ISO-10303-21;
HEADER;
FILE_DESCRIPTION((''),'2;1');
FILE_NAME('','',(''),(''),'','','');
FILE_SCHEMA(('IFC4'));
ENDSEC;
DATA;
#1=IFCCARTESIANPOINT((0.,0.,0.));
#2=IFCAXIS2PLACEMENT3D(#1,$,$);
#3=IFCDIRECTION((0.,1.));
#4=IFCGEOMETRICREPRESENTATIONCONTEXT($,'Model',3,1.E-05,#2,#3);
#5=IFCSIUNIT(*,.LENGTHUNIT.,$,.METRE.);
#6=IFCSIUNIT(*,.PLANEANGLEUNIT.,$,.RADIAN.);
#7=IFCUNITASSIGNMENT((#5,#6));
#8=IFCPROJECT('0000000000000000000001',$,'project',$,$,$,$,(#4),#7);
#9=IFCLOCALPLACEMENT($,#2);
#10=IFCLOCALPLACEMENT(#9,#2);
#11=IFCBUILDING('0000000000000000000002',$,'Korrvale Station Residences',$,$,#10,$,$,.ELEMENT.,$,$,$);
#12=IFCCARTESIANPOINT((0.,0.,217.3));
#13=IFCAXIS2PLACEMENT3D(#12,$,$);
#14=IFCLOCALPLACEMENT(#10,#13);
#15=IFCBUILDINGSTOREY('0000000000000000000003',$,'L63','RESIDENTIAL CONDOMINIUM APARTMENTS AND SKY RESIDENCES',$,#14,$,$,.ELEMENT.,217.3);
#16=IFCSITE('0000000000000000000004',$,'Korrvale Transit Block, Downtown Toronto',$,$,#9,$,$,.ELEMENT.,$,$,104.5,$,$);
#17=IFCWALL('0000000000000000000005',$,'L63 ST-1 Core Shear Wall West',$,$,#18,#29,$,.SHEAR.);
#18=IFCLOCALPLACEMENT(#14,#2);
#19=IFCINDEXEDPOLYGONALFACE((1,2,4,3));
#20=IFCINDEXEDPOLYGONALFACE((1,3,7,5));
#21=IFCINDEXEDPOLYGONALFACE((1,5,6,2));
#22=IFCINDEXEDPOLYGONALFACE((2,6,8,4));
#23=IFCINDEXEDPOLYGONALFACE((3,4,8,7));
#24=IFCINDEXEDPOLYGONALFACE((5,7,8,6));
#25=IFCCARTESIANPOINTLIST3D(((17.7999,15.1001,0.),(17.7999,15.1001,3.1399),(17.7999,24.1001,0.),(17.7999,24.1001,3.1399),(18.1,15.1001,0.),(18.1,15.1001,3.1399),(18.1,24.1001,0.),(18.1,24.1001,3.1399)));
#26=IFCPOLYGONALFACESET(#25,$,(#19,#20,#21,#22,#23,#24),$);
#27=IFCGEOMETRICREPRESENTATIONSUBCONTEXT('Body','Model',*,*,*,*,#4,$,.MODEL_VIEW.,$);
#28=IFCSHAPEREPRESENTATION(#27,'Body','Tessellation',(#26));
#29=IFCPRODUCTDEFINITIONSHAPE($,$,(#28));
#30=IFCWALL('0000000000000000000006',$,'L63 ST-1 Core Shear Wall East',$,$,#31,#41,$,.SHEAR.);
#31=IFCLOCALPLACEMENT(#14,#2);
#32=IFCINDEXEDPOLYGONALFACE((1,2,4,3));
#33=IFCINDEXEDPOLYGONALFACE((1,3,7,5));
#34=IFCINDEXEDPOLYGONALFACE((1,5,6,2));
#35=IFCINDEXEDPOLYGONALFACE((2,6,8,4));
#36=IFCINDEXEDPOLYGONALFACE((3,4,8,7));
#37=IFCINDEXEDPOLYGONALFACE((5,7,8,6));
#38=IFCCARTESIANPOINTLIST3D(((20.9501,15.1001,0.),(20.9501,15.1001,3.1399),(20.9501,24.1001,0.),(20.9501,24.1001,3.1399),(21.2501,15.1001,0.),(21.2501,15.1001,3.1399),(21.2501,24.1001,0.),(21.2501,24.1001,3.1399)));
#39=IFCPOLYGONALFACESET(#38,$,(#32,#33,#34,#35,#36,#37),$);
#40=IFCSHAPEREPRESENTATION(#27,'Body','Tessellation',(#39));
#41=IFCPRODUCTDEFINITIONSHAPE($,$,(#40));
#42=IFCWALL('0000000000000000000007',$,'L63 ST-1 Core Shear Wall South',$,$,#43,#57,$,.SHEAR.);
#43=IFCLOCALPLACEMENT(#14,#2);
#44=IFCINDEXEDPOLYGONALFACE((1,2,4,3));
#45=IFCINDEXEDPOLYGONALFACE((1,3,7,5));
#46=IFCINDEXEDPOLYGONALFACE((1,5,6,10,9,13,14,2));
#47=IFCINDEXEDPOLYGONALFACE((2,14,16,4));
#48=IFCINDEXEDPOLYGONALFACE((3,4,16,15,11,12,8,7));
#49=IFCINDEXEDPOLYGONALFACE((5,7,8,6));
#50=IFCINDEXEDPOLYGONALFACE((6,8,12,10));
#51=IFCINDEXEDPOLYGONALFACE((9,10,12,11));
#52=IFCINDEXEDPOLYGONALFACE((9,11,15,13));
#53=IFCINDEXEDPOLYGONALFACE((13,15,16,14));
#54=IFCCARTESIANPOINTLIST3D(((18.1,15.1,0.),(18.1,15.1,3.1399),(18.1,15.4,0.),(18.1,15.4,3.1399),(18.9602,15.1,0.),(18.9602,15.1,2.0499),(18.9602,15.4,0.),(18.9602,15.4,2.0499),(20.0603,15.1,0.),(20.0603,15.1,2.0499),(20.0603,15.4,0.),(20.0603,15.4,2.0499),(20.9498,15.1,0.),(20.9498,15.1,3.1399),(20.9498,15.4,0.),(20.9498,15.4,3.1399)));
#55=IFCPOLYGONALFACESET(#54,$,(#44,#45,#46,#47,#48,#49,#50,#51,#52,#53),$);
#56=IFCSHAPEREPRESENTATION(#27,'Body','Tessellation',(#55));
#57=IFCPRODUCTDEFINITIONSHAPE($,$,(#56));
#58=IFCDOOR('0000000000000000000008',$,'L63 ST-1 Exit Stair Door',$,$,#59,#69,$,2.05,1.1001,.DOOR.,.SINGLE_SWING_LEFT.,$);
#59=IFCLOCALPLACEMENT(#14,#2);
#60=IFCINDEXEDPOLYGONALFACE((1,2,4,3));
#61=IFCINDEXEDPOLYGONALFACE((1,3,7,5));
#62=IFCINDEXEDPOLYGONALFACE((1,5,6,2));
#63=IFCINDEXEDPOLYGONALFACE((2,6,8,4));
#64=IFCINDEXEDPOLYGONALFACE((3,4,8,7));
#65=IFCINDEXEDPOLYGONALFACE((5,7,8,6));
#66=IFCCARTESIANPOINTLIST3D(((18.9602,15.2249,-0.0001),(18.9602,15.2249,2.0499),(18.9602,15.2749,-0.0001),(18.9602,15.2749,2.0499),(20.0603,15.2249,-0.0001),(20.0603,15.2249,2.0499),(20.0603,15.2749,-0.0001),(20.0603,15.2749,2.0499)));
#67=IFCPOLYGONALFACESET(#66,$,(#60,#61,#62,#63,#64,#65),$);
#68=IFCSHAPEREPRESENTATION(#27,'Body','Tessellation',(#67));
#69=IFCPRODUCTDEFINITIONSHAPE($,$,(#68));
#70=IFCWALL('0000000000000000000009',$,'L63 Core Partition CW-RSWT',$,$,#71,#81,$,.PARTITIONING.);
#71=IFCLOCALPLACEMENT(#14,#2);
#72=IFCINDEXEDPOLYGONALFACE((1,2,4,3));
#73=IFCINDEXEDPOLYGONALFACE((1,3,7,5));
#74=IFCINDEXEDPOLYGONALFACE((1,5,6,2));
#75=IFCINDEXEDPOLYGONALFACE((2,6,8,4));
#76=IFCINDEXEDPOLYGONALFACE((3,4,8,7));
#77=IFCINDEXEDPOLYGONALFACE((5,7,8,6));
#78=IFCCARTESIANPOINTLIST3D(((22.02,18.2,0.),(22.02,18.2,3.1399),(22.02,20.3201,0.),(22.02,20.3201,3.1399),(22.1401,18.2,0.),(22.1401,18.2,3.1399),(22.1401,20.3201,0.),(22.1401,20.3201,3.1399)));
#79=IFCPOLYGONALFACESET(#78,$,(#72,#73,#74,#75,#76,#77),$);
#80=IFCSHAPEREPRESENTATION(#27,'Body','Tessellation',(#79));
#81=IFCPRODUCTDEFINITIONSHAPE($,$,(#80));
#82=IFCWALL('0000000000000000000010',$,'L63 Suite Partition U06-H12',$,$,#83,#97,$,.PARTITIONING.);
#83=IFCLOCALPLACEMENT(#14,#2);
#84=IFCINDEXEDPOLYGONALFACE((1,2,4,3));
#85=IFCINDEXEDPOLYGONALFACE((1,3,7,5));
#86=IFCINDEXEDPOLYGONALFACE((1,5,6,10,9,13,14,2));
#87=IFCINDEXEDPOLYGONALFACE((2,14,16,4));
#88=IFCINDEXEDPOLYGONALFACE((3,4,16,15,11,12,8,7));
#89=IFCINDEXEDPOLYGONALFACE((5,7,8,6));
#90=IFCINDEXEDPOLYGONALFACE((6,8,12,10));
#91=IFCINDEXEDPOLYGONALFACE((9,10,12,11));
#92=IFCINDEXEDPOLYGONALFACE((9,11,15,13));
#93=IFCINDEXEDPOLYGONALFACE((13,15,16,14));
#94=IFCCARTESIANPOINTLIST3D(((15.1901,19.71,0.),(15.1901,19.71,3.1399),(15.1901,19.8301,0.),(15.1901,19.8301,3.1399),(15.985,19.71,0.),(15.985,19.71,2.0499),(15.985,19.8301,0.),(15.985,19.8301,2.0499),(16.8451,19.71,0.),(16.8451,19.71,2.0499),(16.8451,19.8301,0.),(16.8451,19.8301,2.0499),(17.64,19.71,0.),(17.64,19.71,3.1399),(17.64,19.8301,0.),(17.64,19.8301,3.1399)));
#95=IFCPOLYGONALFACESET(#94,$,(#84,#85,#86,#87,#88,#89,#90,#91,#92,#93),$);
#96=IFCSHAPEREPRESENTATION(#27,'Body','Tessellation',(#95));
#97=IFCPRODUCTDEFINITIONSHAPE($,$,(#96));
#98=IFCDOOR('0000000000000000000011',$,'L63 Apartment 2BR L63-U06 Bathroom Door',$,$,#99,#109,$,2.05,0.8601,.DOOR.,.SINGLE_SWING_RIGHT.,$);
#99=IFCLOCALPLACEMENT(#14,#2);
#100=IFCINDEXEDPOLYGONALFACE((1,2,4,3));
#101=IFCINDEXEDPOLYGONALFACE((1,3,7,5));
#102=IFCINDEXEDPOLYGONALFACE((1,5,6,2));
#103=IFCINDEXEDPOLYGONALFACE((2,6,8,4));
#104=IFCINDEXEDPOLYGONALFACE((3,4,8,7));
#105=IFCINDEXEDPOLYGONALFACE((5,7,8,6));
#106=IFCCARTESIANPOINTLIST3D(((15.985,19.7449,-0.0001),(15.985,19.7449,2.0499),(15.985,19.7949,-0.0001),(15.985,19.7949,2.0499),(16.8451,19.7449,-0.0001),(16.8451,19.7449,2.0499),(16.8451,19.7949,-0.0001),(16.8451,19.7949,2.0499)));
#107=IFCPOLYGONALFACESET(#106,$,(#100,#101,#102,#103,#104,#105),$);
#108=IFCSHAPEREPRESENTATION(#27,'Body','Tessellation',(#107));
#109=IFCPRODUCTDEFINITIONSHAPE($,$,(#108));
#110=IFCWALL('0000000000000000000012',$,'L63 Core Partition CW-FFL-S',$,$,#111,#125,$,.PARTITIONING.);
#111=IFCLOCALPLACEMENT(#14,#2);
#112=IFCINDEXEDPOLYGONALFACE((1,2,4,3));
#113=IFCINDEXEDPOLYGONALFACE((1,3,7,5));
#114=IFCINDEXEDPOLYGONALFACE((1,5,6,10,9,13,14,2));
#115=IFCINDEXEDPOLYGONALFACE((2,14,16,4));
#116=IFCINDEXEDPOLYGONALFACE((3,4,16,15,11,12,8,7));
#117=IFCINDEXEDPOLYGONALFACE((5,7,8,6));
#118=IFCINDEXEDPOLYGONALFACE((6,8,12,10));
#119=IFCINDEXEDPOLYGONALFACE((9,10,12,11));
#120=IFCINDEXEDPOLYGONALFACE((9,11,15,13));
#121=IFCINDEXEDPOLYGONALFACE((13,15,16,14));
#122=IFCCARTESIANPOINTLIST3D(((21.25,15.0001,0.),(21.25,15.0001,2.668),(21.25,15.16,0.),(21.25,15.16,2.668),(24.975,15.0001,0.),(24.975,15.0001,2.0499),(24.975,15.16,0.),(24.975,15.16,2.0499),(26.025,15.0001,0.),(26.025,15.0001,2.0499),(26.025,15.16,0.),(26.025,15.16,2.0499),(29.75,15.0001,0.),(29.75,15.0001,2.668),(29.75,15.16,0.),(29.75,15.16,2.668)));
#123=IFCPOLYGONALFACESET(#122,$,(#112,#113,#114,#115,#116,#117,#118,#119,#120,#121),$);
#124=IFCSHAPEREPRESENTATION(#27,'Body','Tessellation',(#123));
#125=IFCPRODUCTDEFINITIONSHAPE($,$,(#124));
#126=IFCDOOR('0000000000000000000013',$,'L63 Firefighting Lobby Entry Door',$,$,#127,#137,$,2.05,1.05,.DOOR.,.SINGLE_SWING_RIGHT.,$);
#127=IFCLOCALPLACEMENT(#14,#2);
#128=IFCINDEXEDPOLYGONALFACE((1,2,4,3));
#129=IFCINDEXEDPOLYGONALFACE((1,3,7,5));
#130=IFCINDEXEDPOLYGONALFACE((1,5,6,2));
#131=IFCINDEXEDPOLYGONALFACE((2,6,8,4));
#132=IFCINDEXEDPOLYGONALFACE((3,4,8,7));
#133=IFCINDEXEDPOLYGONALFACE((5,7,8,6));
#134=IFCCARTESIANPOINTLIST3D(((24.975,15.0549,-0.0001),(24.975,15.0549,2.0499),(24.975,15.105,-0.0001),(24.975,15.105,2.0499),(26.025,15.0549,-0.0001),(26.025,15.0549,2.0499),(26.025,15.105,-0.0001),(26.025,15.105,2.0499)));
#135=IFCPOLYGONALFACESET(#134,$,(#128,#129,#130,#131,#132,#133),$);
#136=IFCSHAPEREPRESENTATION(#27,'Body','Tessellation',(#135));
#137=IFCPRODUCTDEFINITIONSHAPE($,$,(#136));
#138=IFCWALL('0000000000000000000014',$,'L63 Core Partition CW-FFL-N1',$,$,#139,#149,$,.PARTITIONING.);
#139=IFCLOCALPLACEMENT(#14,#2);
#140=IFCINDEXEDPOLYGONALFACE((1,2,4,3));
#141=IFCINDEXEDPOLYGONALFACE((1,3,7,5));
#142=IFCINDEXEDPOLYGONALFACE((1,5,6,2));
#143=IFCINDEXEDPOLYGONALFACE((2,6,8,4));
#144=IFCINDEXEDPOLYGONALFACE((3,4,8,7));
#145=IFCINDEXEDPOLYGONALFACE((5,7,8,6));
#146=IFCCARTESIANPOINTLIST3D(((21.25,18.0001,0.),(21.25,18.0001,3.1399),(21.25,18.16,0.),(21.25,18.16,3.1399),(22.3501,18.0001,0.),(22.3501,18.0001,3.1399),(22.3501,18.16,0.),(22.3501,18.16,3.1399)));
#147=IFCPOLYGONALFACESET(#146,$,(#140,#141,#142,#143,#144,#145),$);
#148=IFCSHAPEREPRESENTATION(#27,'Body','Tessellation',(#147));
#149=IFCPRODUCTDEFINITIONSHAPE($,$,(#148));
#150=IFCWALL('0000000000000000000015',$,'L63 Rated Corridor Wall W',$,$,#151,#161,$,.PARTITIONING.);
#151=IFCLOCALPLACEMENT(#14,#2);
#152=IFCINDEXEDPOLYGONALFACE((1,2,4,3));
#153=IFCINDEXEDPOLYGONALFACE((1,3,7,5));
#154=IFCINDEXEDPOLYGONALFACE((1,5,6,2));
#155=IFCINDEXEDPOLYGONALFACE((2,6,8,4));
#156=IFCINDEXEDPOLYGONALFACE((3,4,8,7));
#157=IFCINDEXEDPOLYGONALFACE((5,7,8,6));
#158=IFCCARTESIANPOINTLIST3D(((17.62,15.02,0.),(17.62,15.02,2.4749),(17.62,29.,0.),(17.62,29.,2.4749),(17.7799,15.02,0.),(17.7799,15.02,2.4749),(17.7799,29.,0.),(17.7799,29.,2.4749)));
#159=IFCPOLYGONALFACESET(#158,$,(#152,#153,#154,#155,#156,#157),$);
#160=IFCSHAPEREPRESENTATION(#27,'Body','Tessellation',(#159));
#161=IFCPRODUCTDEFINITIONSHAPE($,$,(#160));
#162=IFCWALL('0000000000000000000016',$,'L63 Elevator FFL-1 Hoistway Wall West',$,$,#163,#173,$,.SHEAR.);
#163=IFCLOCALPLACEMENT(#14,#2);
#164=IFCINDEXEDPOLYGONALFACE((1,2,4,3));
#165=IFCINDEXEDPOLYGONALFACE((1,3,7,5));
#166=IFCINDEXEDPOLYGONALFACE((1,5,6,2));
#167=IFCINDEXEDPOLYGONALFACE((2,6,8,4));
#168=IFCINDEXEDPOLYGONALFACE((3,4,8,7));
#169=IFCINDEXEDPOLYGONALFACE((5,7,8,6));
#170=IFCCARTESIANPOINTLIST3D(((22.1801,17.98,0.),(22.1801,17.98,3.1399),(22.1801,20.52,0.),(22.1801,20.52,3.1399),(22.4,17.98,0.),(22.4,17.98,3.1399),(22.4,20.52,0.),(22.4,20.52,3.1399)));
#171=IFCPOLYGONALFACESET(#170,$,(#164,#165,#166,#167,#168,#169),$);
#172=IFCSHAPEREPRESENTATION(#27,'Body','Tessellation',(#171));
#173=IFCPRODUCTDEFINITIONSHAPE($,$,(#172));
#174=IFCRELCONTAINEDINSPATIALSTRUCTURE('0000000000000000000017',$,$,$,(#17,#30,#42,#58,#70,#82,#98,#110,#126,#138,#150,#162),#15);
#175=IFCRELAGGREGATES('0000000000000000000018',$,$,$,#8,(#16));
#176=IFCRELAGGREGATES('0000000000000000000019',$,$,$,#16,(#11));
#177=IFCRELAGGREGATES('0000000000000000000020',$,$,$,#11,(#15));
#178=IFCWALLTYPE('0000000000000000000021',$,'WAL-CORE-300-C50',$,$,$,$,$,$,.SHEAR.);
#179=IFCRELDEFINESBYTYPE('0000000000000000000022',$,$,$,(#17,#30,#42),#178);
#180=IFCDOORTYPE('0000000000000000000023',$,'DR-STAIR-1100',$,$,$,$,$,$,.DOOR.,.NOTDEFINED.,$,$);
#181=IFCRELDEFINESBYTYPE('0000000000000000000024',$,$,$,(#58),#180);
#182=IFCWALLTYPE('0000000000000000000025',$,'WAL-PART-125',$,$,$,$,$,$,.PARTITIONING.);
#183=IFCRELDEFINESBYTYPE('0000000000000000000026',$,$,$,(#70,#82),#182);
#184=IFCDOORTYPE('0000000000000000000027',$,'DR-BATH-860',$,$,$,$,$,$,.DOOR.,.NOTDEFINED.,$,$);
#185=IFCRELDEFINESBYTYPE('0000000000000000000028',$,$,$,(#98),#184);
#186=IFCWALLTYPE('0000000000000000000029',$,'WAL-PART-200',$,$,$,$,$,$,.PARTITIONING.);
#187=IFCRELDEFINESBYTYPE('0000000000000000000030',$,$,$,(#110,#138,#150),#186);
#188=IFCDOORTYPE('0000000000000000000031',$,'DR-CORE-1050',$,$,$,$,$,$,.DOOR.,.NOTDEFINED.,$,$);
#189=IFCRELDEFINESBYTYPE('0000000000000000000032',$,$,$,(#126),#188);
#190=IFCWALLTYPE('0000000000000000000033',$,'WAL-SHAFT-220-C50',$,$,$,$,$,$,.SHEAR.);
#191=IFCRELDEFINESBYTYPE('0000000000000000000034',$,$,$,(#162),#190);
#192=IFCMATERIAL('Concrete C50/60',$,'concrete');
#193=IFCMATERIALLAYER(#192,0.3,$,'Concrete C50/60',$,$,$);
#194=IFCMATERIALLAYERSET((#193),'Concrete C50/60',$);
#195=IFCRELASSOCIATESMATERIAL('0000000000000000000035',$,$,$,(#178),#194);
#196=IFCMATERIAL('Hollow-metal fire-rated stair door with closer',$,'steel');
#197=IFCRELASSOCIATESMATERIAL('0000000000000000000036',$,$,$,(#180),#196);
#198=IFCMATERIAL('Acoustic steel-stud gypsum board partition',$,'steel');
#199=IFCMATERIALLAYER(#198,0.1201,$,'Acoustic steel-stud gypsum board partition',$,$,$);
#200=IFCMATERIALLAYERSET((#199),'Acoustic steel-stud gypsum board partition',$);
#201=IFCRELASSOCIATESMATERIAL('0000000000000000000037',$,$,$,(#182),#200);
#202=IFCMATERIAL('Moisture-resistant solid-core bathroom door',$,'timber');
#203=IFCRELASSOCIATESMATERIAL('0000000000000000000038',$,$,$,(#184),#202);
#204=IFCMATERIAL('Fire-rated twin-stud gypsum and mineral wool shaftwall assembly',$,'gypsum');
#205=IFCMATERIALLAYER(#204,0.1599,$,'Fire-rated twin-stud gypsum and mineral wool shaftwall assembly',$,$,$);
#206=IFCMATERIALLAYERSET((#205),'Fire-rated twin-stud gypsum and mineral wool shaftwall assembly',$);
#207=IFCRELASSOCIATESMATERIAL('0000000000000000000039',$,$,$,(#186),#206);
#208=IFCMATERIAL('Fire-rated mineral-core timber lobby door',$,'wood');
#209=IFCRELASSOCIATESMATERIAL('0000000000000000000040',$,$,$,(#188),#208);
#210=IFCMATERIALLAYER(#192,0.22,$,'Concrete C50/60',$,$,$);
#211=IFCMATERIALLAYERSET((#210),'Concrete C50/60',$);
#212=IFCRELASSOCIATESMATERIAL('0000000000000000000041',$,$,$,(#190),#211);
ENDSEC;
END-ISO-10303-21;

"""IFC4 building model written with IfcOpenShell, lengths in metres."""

from ifc_helpers import new_model, si_unit, direction, frame, frame_2d, origin, place, context, subcontext, project, spatial, rectangle, extrude, material, layer, layer_set, type_object, element, fill, save


model = new_model("IFC4")

# Units and contexts
model_context = context("Model", 3, precision=1e-05, world=origin(), true_north=direction((0.0, 1.0)))
body_context = subcontext(model_context, "Body", "Model", "MODEL_VIEW")
ifc_project = project(units=[si_unit("LENGTHUNIT", "METRE"), si_unit("PLANEANGLEUNIT", "RADIAN")], contexts=[model_context])

# Site, building, storey
site_placement = place(None, origin())
site = spatial("IfcSite", under=ifc_project, at=site_placement, Name="Korrvale Transit Block, Downtown Toronto", CompositionType="ELEMENT", RefElevation=104.5)
building_placement = place(site_placement, origin())
building = spatial("IfcBuilding", under=site, at=building_placement, Name="Korrvale Station Residences", CompositionType="ELEMENT")
storey_placement = place(building_placement, frame((0.0, 0.0, 217.3)))
storey = spatial("IfcBuildingStorey", under=building, at=storey_placement, Name="L63", Description="RESIDENTIAL CONDOMINIUM APARTMENTS AND SKY RESIDENCES", CompositionType="ELEMENT", Elevation=217.3)

# Walls
ifc_material_1 = material(Name="Concrete C50/60", Category="concrete")
ifc_layer_1 = layer(ifc_material_1, 0.3, Name="Concrete C50/60")
ifc_layer_set_1 = layer_set([ifc_layer_1], Name="Concrete C50/60")
wall_type_1 = type_object("IfcWallType", Name="WAL-CORE-300-C50", PredefinedType="SHEAR", material=ifc_layer_set_1)
for number, where, z_axis, x_axis, name in (
    (1, (17.95, 15.1001, 0.0), (0.0, 0.0, 1.0), (0.0, 1.0, 0.0), "L63 ST-1 Core Shear Wall West"),
    (2, (21.1001, 15.1001, 0.0), (0.0, 0.0, 1.0), (0.0, 1.0, 0.0), "L63 ST-1 Core Shear Wall East"),
):
    element("IfcWall", number, at=place(storey_placement, frame(where, z_axis=z_axis, x_axis=x_axis)), inside=storey, type_object=wall_type_1, Name=name, PredefinedType="SHEAR", context=body_context, shape_type="SweptSolid", body=[
        extrude(rectangle(XDim=9.0, YDim=0.3, at=frame_2d((4.5, 0.0))), origin(), (0.0, 0.0, 1.0), 3.1399),
    ])

# Wall, opening, door
wall_1_placement = place(storey_placement, frame((18.1001, 15.25, 0.0), z_axis=(0.0, 0.0, 1.0), x_axis=(1.0, 0.0, 0.0)))
wall_1 = element("IfcWall", 3, at=wall_1_placement, inside=storey, type_object=wall_type_1, Name="L63 ST-1 Core Shear Wall South", PredefinedType="SHEAR", context=body_context, shape_type="SweptSolid", body=[
    extrude(rectangle(XDim=2.8499, YDim=0.3, at=frame_2d((1.4248, 0.0))), origin(), (0.0, 0.0, 1.0), 3.1399),
])
opening_1_placement = place(wall_1_placement, frame((0.8601, 0.0, 0.0)))
opening_1 = element("IfcOpeningElement", 4, at=opening_1_placement, cuts=wall_1, PredefinedType="OPENING", context=body_context, shape_type="SweptSolid", body=[
    extrude(rectangle(XDim=1.1001, YDim=2.05, at=frame_2d((0.55, 1.0249))), frame((0.0, 0.1602, 0.0), z_axis=(0.0, -1.0, 0.0), x_axis=(1.0, 0.0, 0.0)), (0.0, 0.0, 1.0), 0.3201),
])
ifc_material_2 = material(Name="Hollow-metal fire-rated stair door with closer", Category="steel")
door_type_1 = type_object("IfcDoorType", Name="DR-STAIR-1100", OperationType="NOTDEFINED", PredefinedType="DOOR", material=ifc_material_2)
door_1_placement = place(opening_1_placement, origin())
door_1 = element("IfcDoor", 5, at=door_1_placement, inside=storey, type_object=door_type_1, Name="L63 ST-1 Exit Stair Door", OperationType="SINGLE_SWING_LEFT", OverallHeight=2.05, OverallWidth=1.1001, PredefinedType="DOOR", context=body_context, shape_type="SweptSolid", body=[
    extrude(rectangle(XDim=1.1001, YDim=2.05, at=frame_2d((0.55, 1.0249))), frame((0.0, 0.0249, 0.0), z_axis=(0.0, -1.0, 0.0), x_axis=(1.0, 0.0, 0.0)), (0.0, 0.0, 1.0), 0.05),
])
fill(opening_1, door_1)

# Wall
ifc_material_3 = material(Name="Acoustic steel-stud gypsum board partition", Category="steel")
ifc_layer_2 = layer(ifc_material_3, 0.1201, Name="Acoustic steel-stud gypsum board partition")
ifc_layer_set_2 = layer_set([ifc_layer_2], Name="Acoustic steel-stud gypsum board partition")
wall_type_2 = type_object("IfcWallType", Name="WAL-PART-125", PredefinedType="PARTITIONING", material=ifc_layer_set_2)
wall_2_placement = place(storey_placement, frame((22.0801, 18.2, 0.0), z_axis=(0.0, 0.0, 1.0), x_axis=(0.0, 1.0, 0.0)))
element("IfcWall", 6, at=wall_2_placement, inside=storey, type_object=wall_type_2, Name="L63 Core Partition CW-RSWT", PredefinedType="PARTITIONING", context=body_context, shape_type="SweptSolid", body=[
    extrude(rectangle(XDim=2.1201, YDim=0.1201, at=frame_2d((1.0601, 0.0))), origin(), (0.0, 0.0, 1.0), 3.1399),
])

# Walls, openings, doors
wall_3_placement = place(storey_placement, frame((15.1899, 19.77, 0.0), z_axis=(0.0, 0.0, 1.0), x_axis=(1.0, 0.0, 0.0)))
wall_3 = element("IfcWall", 7, at=wall_3_placement, inside=storey, type_object=wall_type_2, Name="L63 Suite Partition U06-H12", PredefinedType="PARTITIONING", context=body_context, shape_type="SweptSolid", body=[
    extrude(rectangle(XDim=2.45, YDim=0.1201, at=frame_2d((1.2251, 0.0))), origin(), (0.0, 0.0, 1.0), 3.1399),
])
opening_2_placement = place(wall_3_placement, frame((0.7949, 0.0, 0.0)))
opening_2 = element("IfcOpeningElement", 8, at=opening_2_placement, cuts=wall_3, PredefinedType="OPENING", context=body_context, shape_type="SweptSolid", body=[
    extrude(rectangle(XDim=0.8601, YDim=2.05, at=frame_2d((0.4302, 1.0249))), frame((0.0, 0.0701, 0.0), z_axis=(0.0, -1.0, 0.0), x_axis=(1.0, 0.0, 0.0)), (0.0, 0.0, 1.0), 0.1401),
])
ifc_material_4 = material(Name="Moisture-resistant solid-core bathroom door", Category="timber")
door_type_2 = type_object("IfcDoorType", Name="DR-BATH-860", OperationType="NOTDEFINED", PredefinedType="DOOR", material=ifc_material_4)
door_2_placement = place(opening_2_placement, origin())
door_2 = element("IfcDoor", 9, at=door_2_placement, inside=storey, type_object=door_type_2, Name="L63 Apartment 2BR L63-U06 Bathroom Door", OperationType="SINGLE_SWING_RIGHT", OverallHeight=2.05, OverallWidth=0.8601, PredefinedType="DOOR", context=body_context, shape_type="SweptSolid", body=[
    extrude(rectangle(XDim=0.8601, YDim=2.05, at=frame_2d((0.4302, 1.0249))), frame((0.0, 0.0249, 0.0), z_axis=(0.0, -1.0, 0.0), x_axis=(1.0, 0.0, 0.0)), (0.0, 0.0, 1.0), 0.05),
])
fill(opening_2, door_2)
ifc_material_5 = material(Name="Fire-rated twin-stud gypsum and mineral wool shaftwall assembly", Category="gypsum")
ifc_layer_3 = layer(ifc_material_5, 0.1599, Name="Fire-rated twin-stud gypsum and mineral wool shaftwall assembly")
ifc_layer_set_3 = layer_set([ifc_layer_3], Name="Fire-rated twin-stud gypsum and mineral wool shaftwall assembly")
wall_type_3 = type_object("IfcWallType", Name="WAL-PART-200", PredefinedType="PARTITIONING", material=ifc_layer_set_3)
wall_4_placement = place(storey_placement, frame((21.25, 15.0801, 0.0), z_axis=(0.0, 0.0, 1.0), x_axis=(1.0, 0.0, 0.0)))
wall_4 = element("IfcWall", 10, at=wall_4_placement, inside=storey, type_object=wall_type_3, Name="L63 Core Partition CW-FFL-S", PredefinedType="PARTITIONING", context=body_context, shape_type="SweptSolid", body=[
    extrude(rectangle(XDim=8.5, YDim=0.1599, at=frame_2d((4.25, 0.0))), origin(), (0.0, 0.0, 1.0), 2.668),
])
opening_3_placement = place(wall_4_placement, frame((3.7251, 0.0, 0.0)))
opening_3 = element("IfcOpeningElement", 11, at=opening_3_placement, cuts=wall_4, PredefinedType="OPENING", context=body_context, shape_type="SweptSolid", body=[
    extrude(rectangle(XDim=1.05, YDim=2.05, at=frame_2d((0.5249, 1.0249))), frame((0.0, 0.0898, 0.0), z_axis=(0.0, -1.0, 0.0), x_axis=(1.0, 0.0, 0.0)), (0.0, 0.0, 1.0), 0.1799),
])
ifc_material_6 = material(Name="Fire-rated mineral-core timber lobby door", Category="wood")
door_type_3 = type_object("IfcDoorType", Name="DR-CORE-1050", OperationType="NOTDEFINED", PredefinedType="DOOR", material=ifc_material_6)
door_3_placement = place(opening_3_placement, origin())
door_3 = element("IfcDoor", 12, at=door_3_placement, inside=storey, type_object=door_type_3, Name="L63 Firefighting Lobby Entry Door", OperationType="SINGLE_SWING_RIGHT", OverallHeight=2.05, OverallWidth=1.05, PredefinedType="DOOR", context=body_context, shape_type="SweptSolid", body=[
    extrude(rectangle(XDim=1.05, YDim=2.05, at=frame_2d((0.5249, 1.0249))), frame((0.0, 0.0249, 0.0), z_axis=(0.0, -1.0, 0.0), x_axis=(1.0, 0.0, 0.0)), (0.0, 0.0, 1.0), 0.05),
])
fill(opening_3, door_3)

# Walls
wall_5_placement = place(storey_placement, frame((21.25, 18.0801, 0.0), z_axis=(0.0, 0.0, 1.0), x_axis=(1.0, 0.0, 0.0)))
element("IfcWall", 13, at=wall_5_placement, inside=storey, type_object=wall_type_3, Name="L63 Core Partition CW-FFL-N1", PredefinedType="PARTITIONING", context=body_context, shape_type="SweptSolid", body=[
    extrude(rectangle(XDim=1.1001, YDim=0.1599, at=frame_2d((0.55, 0.0))), origin(), (0.0, 0.0, 1.0), 3.1399),
])
wall_6_placement = place(storey_placement, frame((17.7, 15.02, 0.0), z_axis=(0.0, 0.0, 1.0), x_axis=(0.0, 1.0, 0.0)))
element("IfcWall", 14, at=wall_6_placement, inside=storey, type_object=wall_type_3, Name="L63 Rated Corridor Wall W", PredefinedType="PARTITIONING", context=body_context, shape_type="SweptSolid", body=[
    extrude(rectangle(XDim=13.98, YDim=0.1599, at=frame_2d((6.99, 0.0))), origin(), (0.0, 0.0, 1.0), 2.4749),
])

# Shared definitions
ifc_layer_4 = layer(ifc_material_1, 0.22, Name="Concrete C50/60")
ifc_layer_set_4 = layer_set([ifc_layer_4], Name="Concrete C50/60")
wall_type_4 = type_object("IfcWallType", Name="WAL-SHAFT-220-C50", PredefinedType="SHEAR", material=ifc_layer_set_4)

# Wall
wall_7_placement = place(storey_placement, frame((22.29, 17.98, 0.0), z_axis=(0.0, 0.0, 1.0), x_axis=(0.0, 1.0, 0.0)))
element("IfcWall", 15, at=wall_7_placement, inside=storey, type_object=wall_type_4, Name="L63 Elevator FFL-1 Hoistway Wall West", PredefinedType="SHEAR", context=body_context, shape_type="SweptSolid", body=[
    extrude(rectangle(XDim=2.54, YDim=0.22, at=frame_2d((1.27, 0.0))), origin(), (0.0, 0.0, 1.0), 3.1399),
])

save(model, "model.ifc")
